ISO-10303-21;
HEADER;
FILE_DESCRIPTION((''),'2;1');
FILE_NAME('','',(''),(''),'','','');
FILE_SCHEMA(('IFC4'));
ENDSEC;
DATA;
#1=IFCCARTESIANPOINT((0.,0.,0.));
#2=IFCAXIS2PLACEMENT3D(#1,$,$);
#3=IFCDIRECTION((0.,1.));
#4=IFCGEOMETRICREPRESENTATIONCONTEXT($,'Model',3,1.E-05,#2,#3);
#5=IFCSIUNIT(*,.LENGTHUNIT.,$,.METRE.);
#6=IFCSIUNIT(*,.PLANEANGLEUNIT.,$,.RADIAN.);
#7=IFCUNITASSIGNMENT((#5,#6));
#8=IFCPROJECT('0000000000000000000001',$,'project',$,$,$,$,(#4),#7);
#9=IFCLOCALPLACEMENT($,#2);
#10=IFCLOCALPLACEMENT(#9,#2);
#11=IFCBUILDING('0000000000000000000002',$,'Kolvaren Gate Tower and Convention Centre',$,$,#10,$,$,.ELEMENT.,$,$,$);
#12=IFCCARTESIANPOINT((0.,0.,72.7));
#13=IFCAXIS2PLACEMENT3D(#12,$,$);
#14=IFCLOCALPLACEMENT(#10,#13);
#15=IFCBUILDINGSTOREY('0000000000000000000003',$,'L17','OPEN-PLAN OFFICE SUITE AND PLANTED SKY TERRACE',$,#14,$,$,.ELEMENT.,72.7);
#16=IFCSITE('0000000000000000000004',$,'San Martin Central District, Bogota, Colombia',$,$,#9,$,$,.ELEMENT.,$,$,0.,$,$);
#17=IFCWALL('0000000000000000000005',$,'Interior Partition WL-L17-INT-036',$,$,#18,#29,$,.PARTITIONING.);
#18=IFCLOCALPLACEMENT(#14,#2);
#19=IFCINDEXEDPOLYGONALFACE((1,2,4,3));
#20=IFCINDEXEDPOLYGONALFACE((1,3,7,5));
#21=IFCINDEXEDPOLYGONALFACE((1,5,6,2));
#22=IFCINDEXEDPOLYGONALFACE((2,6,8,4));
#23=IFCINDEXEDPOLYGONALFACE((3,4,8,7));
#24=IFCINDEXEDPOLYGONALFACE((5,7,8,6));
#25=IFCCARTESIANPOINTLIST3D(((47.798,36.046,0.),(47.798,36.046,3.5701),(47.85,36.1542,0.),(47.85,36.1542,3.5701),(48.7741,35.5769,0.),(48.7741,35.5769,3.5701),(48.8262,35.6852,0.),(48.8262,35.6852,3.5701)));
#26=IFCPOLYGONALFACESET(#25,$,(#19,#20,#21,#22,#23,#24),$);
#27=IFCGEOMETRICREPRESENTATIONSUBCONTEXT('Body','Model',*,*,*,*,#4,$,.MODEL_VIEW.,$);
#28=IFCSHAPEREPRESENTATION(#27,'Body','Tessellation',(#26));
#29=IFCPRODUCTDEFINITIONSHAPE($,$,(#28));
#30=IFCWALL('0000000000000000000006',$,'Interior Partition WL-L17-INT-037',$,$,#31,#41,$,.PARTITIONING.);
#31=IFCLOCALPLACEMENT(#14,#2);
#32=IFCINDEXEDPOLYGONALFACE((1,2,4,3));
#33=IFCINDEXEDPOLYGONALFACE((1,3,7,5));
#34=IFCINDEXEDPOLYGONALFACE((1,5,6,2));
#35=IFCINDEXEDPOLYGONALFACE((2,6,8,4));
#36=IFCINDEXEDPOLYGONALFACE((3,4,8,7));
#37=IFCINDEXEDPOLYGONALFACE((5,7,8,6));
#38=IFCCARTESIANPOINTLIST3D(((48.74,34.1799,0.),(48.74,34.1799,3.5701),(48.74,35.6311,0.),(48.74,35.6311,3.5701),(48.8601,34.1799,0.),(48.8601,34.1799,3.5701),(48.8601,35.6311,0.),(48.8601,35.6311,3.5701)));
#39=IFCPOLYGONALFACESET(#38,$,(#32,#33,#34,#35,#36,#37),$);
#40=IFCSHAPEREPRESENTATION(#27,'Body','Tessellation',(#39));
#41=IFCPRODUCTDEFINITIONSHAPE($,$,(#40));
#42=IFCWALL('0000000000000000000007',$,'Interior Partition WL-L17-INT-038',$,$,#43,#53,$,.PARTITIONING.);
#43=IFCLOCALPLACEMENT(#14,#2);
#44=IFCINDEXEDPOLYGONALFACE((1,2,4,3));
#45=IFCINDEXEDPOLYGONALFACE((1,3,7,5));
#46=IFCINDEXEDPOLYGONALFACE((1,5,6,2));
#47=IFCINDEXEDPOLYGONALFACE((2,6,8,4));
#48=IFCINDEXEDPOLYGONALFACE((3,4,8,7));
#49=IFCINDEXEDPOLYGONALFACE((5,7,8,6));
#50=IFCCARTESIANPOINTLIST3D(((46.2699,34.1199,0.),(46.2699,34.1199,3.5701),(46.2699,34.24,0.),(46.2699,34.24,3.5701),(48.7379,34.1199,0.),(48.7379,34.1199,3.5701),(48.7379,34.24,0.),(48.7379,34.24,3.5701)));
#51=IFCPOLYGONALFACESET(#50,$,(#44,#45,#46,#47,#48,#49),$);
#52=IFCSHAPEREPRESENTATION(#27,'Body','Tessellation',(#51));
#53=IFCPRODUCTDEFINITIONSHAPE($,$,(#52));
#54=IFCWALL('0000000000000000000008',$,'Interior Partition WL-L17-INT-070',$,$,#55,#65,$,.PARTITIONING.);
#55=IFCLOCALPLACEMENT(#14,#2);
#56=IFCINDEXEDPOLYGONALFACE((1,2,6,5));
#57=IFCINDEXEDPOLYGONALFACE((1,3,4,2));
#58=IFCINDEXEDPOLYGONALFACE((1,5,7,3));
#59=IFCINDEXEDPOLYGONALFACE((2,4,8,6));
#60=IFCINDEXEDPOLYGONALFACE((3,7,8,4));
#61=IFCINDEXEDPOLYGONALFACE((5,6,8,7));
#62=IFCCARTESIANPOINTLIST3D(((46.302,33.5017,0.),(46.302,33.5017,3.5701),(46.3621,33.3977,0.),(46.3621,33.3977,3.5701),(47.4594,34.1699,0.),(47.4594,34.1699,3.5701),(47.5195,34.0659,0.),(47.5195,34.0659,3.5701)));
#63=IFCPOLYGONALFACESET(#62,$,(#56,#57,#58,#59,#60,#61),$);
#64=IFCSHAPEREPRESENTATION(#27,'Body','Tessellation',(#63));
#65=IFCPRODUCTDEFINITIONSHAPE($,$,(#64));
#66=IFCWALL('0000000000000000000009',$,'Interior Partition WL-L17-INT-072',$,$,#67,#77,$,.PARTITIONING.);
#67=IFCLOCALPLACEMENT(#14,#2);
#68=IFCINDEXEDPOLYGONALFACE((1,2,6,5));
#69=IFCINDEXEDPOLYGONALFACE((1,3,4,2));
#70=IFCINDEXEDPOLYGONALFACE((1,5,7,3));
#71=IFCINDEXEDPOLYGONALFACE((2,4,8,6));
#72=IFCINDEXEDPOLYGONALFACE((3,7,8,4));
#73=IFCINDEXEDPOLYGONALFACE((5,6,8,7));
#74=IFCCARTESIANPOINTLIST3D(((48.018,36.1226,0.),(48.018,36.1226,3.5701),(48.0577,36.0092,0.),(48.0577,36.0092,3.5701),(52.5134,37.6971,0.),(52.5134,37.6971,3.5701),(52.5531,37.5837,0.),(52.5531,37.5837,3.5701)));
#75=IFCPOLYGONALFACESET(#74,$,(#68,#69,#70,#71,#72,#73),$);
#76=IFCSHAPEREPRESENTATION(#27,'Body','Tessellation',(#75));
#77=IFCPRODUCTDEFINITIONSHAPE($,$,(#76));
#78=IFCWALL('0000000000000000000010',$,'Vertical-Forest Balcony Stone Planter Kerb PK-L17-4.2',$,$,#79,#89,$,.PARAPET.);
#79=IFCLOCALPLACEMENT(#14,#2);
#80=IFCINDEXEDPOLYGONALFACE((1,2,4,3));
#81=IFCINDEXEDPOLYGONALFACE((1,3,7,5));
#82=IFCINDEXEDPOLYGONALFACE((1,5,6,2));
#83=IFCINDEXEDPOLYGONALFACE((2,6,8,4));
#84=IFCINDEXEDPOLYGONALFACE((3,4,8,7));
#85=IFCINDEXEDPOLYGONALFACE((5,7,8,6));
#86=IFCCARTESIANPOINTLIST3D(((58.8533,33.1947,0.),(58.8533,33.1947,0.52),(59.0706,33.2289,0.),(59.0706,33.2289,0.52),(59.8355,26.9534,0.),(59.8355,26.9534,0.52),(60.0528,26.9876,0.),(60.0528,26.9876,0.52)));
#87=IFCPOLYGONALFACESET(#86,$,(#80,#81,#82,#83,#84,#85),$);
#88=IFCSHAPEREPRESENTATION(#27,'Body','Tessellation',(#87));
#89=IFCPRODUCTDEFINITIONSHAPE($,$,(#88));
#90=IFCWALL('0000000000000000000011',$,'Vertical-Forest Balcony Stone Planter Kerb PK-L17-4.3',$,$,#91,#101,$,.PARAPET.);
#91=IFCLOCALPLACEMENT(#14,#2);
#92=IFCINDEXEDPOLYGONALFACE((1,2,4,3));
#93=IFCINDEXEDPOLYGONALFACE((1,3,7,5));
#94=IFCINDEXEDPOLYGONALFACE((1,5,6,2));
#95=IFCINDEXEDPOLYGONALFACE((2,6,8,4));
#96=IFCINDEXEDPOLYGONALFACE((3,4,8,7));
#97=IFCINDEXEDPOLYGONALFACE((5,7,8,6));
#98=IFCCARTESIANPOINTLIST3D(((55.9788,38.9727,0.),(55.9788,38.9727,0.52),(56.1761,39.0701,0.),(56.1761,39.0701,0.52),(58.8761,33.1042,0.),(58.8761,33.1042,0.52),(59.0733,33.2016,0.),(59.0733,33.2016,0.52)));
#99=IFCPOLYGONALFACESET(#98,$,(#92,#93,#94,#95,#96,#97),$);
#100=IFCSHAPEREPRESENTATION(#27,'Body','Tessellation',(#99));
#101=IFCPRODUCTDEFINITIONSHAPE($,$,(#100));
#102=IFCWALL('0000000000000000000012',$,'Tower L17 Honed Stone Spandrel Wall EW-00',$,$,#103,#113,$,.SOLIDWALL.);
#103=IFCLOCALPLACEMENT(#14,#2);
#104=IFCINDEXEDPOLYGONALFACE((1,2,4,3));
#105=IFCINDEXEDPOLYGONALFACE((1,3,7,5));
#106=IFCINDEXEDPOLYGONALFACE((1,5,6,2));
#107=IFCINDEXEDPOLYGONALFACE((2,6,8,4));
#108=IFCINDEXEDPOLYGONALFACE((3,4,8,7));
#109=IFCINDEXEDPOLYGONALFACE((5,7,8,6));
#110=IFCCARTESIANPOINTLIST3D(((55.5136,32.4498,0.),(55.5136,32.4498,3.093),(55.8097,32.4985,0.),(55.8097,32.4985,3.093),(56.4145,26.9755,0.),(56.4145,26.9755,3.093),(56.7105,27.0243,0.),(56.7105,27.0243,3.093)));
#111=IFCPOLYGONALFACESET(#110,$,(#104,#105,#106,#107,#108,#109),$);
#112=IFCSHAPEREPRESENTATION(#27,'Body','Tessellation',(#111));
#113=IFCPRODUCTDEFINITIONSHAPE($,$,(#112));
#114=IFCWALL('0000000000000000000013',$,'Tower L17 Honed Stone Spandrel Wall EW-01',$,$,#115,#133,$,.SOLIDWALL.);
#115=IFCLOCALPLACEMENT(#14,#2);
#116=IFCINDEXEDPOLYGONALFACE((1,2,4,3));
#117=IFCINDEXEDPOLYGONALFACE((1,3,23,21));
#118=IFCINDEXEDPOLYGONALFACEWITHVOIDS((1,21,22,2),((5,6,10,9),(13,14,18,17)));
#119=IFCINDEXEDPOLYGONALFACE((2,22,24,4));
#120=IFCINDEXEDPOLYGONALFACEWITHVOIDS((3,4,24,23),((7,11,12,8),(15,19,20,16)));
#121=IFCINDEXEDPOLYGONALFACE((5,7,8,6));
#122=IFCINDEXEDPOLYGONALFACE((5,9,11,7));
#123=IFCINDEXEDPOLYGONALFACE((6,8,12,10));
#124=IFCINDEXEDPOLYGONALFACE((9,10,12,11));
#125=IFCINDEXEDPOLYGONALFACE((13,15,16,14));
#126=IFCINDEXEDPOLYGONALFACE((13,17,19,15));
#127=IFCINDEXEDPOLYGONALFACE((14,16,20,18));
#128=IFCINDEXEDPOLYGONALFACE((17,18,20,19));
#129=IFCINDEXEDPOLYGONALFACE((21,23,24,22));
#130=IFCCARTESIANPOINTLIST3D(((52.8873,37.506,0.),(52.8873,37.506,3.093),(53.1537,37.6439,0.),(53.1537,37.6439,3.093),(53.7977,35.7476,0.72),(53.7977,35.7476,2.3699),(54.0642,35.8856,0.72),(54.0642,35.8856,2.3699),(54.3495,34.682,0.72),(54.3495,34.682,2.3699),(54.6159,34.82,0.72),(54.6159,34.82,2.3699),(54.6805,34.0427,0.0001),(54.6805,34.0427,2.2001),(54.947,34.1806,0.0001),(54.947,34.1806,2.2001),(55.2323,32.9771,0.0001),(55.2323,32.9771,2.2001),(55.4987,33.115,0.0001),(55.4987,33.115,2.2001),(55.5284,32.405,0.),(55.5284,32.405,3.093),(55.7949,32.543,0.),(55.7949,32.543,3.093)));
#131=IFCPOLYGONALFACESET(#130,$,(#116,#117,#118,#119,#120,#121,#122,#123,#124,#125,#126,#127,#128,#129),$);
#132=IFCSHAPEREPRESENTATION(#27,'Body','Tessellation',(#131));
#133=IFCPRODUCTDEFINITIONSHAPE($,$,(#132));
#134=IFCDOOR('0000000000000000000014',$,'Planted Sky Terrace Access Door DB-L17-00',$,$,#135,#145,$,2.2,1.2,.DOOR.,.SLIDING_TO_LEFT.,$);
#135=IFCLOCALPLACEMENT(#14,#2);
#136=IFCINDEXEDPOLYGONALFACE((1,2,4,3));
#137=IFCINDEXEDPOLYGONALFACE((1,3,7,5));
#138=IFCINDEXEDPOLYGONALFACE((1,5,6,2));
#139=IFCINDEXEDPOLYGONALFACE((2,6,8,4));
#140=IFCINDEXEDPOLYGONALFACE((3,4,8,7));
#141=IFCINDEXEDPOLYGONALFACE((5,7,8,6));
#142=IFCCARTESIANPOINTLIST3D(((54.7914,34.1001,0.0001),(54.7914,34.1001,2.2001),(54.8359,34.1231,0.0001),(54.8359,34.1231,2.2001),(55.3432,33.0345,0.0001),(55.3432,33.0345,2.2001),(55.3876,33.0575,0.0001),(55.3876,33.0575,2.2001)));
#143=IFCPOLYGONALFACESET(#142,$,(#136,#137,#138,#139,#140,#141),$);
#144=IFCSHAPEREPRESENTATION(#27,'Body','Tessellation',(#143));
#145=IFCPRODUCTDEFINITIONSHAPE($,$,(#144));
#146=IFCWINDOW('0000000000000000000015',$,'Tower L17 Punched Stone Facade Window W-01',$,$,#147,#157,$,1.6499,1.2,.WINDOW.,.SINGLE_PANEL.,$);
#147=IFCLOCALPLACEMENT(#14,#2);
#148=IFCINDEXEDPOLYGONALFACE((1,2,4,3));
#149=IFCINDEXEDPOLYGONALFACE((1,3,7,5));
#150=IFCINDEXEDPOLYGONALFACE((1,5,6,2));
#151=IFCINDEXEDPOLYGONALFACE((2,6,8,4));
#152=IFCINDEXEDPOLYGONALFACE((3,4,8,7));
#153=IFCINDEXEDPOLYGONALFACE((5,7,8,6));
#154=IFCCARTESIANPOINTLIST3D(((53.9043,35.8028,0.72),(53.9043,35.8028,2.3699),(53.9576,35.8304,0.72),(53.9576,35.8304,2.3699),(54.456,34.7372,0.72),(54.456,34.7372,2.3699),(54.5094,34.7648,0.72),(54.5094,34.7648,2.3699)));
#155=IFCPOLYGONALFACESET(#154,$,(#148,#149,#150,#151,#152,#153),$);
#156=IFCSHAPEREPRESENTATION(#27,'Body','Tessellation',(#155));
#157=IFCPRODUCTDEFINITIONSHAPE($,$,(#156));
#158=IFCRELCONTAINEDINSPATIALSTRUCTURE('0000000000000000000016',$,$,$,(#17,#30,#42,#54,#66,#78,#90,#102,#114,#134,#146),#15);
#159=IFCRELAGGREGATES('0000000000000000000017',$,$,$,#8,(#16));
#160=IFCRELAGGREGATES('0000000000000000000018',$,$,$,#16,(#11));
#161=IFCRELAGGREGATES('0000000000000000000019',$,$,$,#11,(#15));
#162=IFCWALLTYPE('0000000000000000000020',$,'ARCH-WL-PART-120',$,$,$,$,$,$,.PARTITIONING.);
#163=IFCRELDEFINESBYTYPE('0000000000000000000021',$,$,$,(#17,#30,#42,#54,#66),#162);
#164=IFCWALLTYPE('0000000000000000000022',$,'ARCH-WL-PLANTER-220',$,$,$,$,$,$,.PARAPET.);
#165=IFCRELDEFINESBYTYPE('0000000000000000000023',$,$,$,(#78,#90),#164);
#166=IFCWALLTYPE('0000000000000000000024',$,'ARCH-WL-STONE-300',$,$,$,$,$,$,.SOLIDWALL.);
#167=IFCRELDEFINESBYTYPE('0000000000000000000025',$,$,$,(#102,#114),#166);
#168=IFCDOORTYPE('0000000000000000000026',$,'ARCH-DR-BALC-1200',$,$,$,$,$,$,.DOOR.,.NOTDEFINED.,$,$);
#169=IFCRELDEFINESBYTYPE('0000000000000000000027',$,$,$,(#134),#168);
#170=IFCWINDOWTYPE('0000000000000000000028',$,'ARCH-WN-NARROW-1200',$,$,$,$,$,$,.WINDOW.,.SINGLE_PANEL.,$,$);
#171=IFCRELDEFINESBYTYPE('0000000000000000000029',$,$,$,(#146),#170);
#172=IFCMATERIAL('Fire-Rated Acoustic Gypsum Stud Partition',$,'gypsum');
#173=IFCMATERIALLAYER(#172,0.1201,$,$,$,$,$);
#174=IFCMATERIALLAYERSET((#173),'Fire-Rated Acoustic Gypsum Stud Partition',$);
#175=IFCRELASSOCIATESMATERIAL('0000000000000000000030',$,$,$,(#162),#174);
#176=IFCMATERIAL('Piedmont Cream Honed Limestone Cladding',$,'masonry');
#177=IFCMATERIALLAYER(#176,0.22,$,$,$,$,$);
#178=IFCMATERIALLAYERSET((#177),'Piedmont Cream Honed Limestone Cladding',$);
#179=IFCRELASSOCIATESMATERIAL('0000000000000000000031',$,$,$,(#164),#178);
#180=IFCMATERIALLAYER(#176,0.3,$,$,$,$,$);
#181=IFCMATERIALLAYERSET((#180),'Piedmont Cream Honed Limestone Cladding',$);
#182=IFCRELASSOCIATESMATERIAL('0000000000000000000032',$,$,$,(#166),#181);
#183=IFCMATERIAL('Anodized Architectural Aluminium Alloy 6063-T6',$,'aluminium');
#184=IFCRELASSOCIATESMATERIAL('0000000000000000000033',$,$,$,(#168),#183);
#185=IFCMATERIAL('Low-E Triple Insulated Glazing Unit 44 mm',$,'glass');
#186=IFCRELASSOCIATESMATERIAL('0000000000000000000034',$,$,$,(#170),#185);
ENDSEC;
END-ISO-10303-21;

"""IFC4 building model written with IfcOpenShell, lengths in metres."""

from ifc_helpers import new_model, si_unit, direction, frame, frame_2d, origin, place, context, subcontext, project, spatial, rectangle, extrude, material, layer, layer_set, type_object, element, fill, save


model = new_model("IFC4")

# Units and contexts
model_context = context("Model", 3, precision=1e-05, world=origin(), true_north=direction((0.0, 1.0)))
body_context = subcontext(model_context, "Body", "Model", "MODEL_VIEW")
ifc_project = project(units=[si_unit("LENGTHUNIT", "METRE"), si_unit("PLANEANGLEUNIT", "RADIAN")], contexts=[model_context])

# Site, building, storey
site_placement = place(None, origin())
site = spatial("IfcSite", under=ifc_project, at=site_placement, Name="San Martin Central District, Bogota, Colombia", CompositionType="ELEMENT", RefElevation=0.0)
building_placement = place(site_placement, origin())
building = spatial("IfcBuilding", under=site, at=building_placement, Name="Kolvaren Gate Tower and Convention Centre", CompositionType="ELEMENT")
storey_placement = place(building_placement, frame((0.0, 0.0, 72.7)))
storey = spatial("IfcBuildingStorey", under=building, at=storey_placement, Name="L17", Description="OPEN-PLAN OFFICE SUITE AND PLANTED SKY TERRACE", CompositionType="ELEMENT", Elevation=72.7)

# Shared definitions
ifc_material_1 = material(Name="Fire-Rated Acoustic Gypsum Stud Partition", Category="gypsum")
ifc_layer_1 = layer(ifc_material_1, 0.1201)
ifc_layer_set_1 = layer_set([ifc_layer_1], Name="Fire-Rated Acoustic Gypsum Stud Partition")
wall_type_1 = type_object("IfcWallType", Name="ARCH-WL-PART-120", PredefinedType="PARTITIONING", material=ifc_layer_set_1)

# Walls
wall_1_placement = place(storey_placement, frame((47.824, 36.1001, 0.0), z_axis=(0.0, 0.0, 1.0), x_axis=(0.901351, -0.43309, 0.0)))
element("IfcWall", 1, at=wall_1_placement, inside=storey, type_object=wall_type_1, Name="Interior Partition WL-L17-INT-036", PredefinedType="PARTITIONING", context=body_context, shape_type="SweptSolid", body=[
    extrude(rectangle(XDim=1.083, YDim=0.1201, at=frame_2d((0.5415, 0.0))), origin(), (0.0, 0.0, 1.0), 3.5701),
])
wall_2_placement = place(storey_placement, frame((48.8, 34.1799, 0.0), z_axis=(0.0, 0.0, 1.0), x_axis=(0.0, 1.0, 0.0)))
element("IfcWall", 2, at=wall_2_placement, inside=storey, type_object=wall_type_1, Name="Interior Partition WL-L17-INT-037", PredefinedType="PARTITIONING", context=body_context, shape_type="SweptSolid", body=[
    extrude(rectangle(XDim=1.4512, YDim=0.1201, at=frame_2d((0.7256, 0.0))), origin(), (0.0, 0.0, 1.0), 3.5701),
])
wall_3_placement = place(storey_placement, frame((46.27, 34.1799, 0.0), z_axis=(0.0, 0.0, 1.0), x_axis=(1.0, 0.0, 0.0)))
element("IfcWall", 3, at=wall_3_placement, inside=storey, type_object=wall_type_1, Name="Interior Partition WL-L17-INT-038", PredefinedType="PARTITIONING", context=body_context, shape_type="SweptSolid", body=[
    extrude(rectangle(XDim=2.468, YDim=0.1201, at=frame_2d((1.2339, 0.0))), origin(), (0.0, 0.0, 1.0), 3.5701),
])
wall_4_placement = place(storey_placement, frame((46.332, 33.4497, 0.0), z_axis=(0.0, 0.0, 1.0), x_axis=(0.866043, 0.49997, 0.0)))
element("IfcWall", 4, at=wall_4_placement, inside=storey, type_object=wall_type_1, Name="Interior Partition WL-L17-INT-070", PredefinedType="PARTITIONING", context=body_context, shape_type="SweptSolid", body=[
    extrude(rectangle(XDim=1.3364, YDim=0.1201, at=frame_2d((0.6682, 0.0))), origin(), (0.0, 0.0, 1.0), 3.5701),
])
wall_5_placement = place(storey_placement, frame((48.0378, 36.0659, 0.0), z_axis=(0.0, 0.0, 1.0), x_axis=(0.943787, 0.330554, 0.0)))
element("IfcWall", 5, at=wall_5_placement, inside=storey, type_object=wall_type_1, Name="Interior Partition WL-L17-INT-072", PredefinedType="PARTITIONING", context=body_context, shape_type="SweptSolid", body=[
    extrude(rectangle(XDim=4.7632, YDim=0.1201, at=frame_2d((2.3816, 0.0))), origin(), (0.0, 0.0, 1.0), 3.5701),
])
ifc_material_2 = material(Name="Piedmont Cream Honed Limestone Cladding", Category="masonry")
ifc_layer_2 = layer(ifc_material_2, 0.22)
ifc_layer_set_2 = layer_set([ifc_layer_2], Name="Piedmont Cream Honed Limestone Cladding")
wall_type_2 = type_object("IfcWallType", Name="ARCH-WL-PLANTER-220", PredefinedType="PARAPET", material=ifc_layer_set_2)
wall_6_placement = place(storey_placement, frame((58.9619, 33.2119, 0.0), z_axis=(0.0, 0.0, 1.0), x_axis=(0.155457, -0.987843, 0.0)))
element("IfcWall", 6, at=wall_6_placement, inside=storey, type_object=wall_type_2, Name="Vertical-Forest Balcony Stone Planter Kerb PK-L17-4.2", PredefinedType="PARAPET", context=body_context, shape_type="SweptSolid", body=[
    extrude(rectangle(XDim=6.3181, YDim=0.22, at=frame_2d((3.1592, 0.0))), origin(), (0.0, 0.0, 1.0), 0.52),
])
wall_7_placement = place(storey_placement, frame((56.0774, 39.0215, 0.0), z_axis=(0.0, 0.0, 1.0), x_axis=(0.442687, -0.896676, 0.0)))
element("IfcWall", 7, at=wall_7_placement, inside=storey, type_object=wall_type_2, Name="Vertical-Forest Balcony Stone Planter Kerb PK-L17-4.3", PredefinedType="PARAPET", context=body_context, shape_type="SweptSolid", body=[
    extrude(rectangle(XDim=6.5447, YDim=0.22, at=frame_2d((3.2725, 0.0))), origin(), (0.0, 0.0, 1.0), 0.52),
])
ifc_layer_3 = layer(ifc_material_2, 0.3)
ifc_layer_set_3 = layer_set([ifc_layer_3], Name="Piedmont Cream Honed Limestone Cladding")
wall_type_3 = type_object("IfcWallType", Name="ARCH-WL-STONE-300", PredefinedType="SOLIDWALL", material=ifc_layer_set_3)
wall_8_placement = place(storey_placement, frame((55.6616, 32.4741, 0.0), z_axis=(0.0, 0.0, 1.0), x_axis=(0.162386, -0.986727, 0.0)))
element("IfcWall", 8, at=wall_8_placement, inside=storey, type_object=wall_type_3, Name="Tower L17 Honed Stone Spandrel Wall EW-00", PredefinedType="SOLIDWALL", context=body_context, shape_type="SweptSolid", body=[
    extrude(rectangle(XDim=5.5479, YDim=0.3, at=frame_2d((2.7739, 0.0))), origin(), (0.0, 0.0, 1.0), 3.093),
])

# Wall, openings, door, window
wall_9_placement = place(storey_placement, frame((53.0205, 37.575, 0.0), z_axis=(0.0, 0.0, 1.0), x_axis=(0.459801, -0.888022, 0.0)))
wall_9 = element("IfcWall", 9, at=wall_9_placement, inside=storey, type_object=wall_type_3, Name="Tower L17 Honed Stone Spandrel Wall EW-01", PredefinedType="SOLIDWALL", context=body_context, shape_type="SweptSolid", body=[
    extrude(rectangle(XDim=5.7441, YDim=0.3, at=frame_2d((2.8721, 0.0))), origin(), (0.0, 0.0, 1.0), 3.093),
])
opening_1_placement = place(wall_9_placement, frame((3.8999, 0.0, 0.0)))
opening_1 = element("IfcOpeningElement", 10, at=opening_1_placement, cuts=wall_9, PredefinedType="OPENING", context=body_context, shape_type="SweptSolid", body=[
    extrude(rectangle(XDim=1.2, YDim=2.2, at=frame_2d((0.6001, 1.1001))), frame((0.0, 0.1599, 0.0), z_axis=(0.0, -1.0, 0.0), x_axis=(1.0, 0.0, 0.0)), (0.0, 0.0, 1.0), 0.3201),
])
opening_2_placement = place(wall_9_placement, frame((1.98, 0.0, 0.72)))
opening_2 = element("IfcOpeningElement", 11, at=opening_2_placement, cuts=wall_9, PredefinedType="OPENING", context=body_context, shape_type="SweptSolid", body=[
    extrude(rectangle(XDim=1.2, YDim=1.6499, at=frame_2d((0.6001, 0.825))), frame((0.0, 0.1599, 0.0), z_axis=(0.0, -1.0, 0.0), x_axis=(1.0, 0.0, 0.0)), (0.0, 0.0, 1.0), 0.3201),
])
ifc_material_3 = material(Name="Anodized Architectural Aluminium Alloy 6063-T6", Category="aluminium")
door_type_1 = type_object("IfcDoorType", Name="ARCH-DR-BALC-1200", OperationType="NOTDEFINED", PredefinedType="DOOR", material=ifc_material_3)
door_1_placement = place(opening_1_placement, origin())
door_1 = element("IfcDoor", 12, at=door_1_placement, inside=storey, type_object=door_type_1, Name="Planted Sky Terrace Access Door DB-L17-00", OperationType="SLIDING_TO_LEFT", OverallHeight=2.2, OverallWidth=1.2, PredefinedType="DOOR", context=body_context, shape_type="SweptSolid", body=[
    extrude(rectangle(XDim=1.2, YDim=2.2, at=frame_2d((0.6001, 1.1001))), frame((0.0, 0.0249, 0.0), z_axis=(0.0, -1.0, 0.0), x_axis=(1.0, 0.0, 0.0)), (0.0, 0.0, 1.0), 0.05),
])
fill(opening_1, door_1)
ifc_material_4 = material(Name="Low-E Triple Insulated Glazing Unit 44 mm", Category="glass")
window_type_1 = type_object("IfcWindowType", Name="ARCH-WN-NARROW-1200", PartitioningType="SINGLE_PANEL", PredefinedType="WINDOW", material=ifc_material_4)
window_1_placement = place(opening_2_placement, origin())
window_1 = element("IfcWindow", 13, at=window_1_placement, inside=storey, type_object=window_type_1, Name="Tower L17 Punched Stone Facade Window W-01", OverallHeight=1.6499, OverallWidth=1.2, PartitioningType="SINGLE_PANEL", PredefinedType="WINDOW", context=body_context, shape_type="SweptSolid", body=[
    extrude(rectangle(XDim=1.2, YDim=1.6499, at=frame_2d((0.6001, 0.825))), frame((0.0, 0.03, 0.0), z_axis=(0.0, -1.0, 0.0), x_axis=(1.0, 0.0, 0.0)), (0.0, 0.0, 1.0), 0.0601),
])
fill(opening_2, window_1)

save(model, "model.ifc")
